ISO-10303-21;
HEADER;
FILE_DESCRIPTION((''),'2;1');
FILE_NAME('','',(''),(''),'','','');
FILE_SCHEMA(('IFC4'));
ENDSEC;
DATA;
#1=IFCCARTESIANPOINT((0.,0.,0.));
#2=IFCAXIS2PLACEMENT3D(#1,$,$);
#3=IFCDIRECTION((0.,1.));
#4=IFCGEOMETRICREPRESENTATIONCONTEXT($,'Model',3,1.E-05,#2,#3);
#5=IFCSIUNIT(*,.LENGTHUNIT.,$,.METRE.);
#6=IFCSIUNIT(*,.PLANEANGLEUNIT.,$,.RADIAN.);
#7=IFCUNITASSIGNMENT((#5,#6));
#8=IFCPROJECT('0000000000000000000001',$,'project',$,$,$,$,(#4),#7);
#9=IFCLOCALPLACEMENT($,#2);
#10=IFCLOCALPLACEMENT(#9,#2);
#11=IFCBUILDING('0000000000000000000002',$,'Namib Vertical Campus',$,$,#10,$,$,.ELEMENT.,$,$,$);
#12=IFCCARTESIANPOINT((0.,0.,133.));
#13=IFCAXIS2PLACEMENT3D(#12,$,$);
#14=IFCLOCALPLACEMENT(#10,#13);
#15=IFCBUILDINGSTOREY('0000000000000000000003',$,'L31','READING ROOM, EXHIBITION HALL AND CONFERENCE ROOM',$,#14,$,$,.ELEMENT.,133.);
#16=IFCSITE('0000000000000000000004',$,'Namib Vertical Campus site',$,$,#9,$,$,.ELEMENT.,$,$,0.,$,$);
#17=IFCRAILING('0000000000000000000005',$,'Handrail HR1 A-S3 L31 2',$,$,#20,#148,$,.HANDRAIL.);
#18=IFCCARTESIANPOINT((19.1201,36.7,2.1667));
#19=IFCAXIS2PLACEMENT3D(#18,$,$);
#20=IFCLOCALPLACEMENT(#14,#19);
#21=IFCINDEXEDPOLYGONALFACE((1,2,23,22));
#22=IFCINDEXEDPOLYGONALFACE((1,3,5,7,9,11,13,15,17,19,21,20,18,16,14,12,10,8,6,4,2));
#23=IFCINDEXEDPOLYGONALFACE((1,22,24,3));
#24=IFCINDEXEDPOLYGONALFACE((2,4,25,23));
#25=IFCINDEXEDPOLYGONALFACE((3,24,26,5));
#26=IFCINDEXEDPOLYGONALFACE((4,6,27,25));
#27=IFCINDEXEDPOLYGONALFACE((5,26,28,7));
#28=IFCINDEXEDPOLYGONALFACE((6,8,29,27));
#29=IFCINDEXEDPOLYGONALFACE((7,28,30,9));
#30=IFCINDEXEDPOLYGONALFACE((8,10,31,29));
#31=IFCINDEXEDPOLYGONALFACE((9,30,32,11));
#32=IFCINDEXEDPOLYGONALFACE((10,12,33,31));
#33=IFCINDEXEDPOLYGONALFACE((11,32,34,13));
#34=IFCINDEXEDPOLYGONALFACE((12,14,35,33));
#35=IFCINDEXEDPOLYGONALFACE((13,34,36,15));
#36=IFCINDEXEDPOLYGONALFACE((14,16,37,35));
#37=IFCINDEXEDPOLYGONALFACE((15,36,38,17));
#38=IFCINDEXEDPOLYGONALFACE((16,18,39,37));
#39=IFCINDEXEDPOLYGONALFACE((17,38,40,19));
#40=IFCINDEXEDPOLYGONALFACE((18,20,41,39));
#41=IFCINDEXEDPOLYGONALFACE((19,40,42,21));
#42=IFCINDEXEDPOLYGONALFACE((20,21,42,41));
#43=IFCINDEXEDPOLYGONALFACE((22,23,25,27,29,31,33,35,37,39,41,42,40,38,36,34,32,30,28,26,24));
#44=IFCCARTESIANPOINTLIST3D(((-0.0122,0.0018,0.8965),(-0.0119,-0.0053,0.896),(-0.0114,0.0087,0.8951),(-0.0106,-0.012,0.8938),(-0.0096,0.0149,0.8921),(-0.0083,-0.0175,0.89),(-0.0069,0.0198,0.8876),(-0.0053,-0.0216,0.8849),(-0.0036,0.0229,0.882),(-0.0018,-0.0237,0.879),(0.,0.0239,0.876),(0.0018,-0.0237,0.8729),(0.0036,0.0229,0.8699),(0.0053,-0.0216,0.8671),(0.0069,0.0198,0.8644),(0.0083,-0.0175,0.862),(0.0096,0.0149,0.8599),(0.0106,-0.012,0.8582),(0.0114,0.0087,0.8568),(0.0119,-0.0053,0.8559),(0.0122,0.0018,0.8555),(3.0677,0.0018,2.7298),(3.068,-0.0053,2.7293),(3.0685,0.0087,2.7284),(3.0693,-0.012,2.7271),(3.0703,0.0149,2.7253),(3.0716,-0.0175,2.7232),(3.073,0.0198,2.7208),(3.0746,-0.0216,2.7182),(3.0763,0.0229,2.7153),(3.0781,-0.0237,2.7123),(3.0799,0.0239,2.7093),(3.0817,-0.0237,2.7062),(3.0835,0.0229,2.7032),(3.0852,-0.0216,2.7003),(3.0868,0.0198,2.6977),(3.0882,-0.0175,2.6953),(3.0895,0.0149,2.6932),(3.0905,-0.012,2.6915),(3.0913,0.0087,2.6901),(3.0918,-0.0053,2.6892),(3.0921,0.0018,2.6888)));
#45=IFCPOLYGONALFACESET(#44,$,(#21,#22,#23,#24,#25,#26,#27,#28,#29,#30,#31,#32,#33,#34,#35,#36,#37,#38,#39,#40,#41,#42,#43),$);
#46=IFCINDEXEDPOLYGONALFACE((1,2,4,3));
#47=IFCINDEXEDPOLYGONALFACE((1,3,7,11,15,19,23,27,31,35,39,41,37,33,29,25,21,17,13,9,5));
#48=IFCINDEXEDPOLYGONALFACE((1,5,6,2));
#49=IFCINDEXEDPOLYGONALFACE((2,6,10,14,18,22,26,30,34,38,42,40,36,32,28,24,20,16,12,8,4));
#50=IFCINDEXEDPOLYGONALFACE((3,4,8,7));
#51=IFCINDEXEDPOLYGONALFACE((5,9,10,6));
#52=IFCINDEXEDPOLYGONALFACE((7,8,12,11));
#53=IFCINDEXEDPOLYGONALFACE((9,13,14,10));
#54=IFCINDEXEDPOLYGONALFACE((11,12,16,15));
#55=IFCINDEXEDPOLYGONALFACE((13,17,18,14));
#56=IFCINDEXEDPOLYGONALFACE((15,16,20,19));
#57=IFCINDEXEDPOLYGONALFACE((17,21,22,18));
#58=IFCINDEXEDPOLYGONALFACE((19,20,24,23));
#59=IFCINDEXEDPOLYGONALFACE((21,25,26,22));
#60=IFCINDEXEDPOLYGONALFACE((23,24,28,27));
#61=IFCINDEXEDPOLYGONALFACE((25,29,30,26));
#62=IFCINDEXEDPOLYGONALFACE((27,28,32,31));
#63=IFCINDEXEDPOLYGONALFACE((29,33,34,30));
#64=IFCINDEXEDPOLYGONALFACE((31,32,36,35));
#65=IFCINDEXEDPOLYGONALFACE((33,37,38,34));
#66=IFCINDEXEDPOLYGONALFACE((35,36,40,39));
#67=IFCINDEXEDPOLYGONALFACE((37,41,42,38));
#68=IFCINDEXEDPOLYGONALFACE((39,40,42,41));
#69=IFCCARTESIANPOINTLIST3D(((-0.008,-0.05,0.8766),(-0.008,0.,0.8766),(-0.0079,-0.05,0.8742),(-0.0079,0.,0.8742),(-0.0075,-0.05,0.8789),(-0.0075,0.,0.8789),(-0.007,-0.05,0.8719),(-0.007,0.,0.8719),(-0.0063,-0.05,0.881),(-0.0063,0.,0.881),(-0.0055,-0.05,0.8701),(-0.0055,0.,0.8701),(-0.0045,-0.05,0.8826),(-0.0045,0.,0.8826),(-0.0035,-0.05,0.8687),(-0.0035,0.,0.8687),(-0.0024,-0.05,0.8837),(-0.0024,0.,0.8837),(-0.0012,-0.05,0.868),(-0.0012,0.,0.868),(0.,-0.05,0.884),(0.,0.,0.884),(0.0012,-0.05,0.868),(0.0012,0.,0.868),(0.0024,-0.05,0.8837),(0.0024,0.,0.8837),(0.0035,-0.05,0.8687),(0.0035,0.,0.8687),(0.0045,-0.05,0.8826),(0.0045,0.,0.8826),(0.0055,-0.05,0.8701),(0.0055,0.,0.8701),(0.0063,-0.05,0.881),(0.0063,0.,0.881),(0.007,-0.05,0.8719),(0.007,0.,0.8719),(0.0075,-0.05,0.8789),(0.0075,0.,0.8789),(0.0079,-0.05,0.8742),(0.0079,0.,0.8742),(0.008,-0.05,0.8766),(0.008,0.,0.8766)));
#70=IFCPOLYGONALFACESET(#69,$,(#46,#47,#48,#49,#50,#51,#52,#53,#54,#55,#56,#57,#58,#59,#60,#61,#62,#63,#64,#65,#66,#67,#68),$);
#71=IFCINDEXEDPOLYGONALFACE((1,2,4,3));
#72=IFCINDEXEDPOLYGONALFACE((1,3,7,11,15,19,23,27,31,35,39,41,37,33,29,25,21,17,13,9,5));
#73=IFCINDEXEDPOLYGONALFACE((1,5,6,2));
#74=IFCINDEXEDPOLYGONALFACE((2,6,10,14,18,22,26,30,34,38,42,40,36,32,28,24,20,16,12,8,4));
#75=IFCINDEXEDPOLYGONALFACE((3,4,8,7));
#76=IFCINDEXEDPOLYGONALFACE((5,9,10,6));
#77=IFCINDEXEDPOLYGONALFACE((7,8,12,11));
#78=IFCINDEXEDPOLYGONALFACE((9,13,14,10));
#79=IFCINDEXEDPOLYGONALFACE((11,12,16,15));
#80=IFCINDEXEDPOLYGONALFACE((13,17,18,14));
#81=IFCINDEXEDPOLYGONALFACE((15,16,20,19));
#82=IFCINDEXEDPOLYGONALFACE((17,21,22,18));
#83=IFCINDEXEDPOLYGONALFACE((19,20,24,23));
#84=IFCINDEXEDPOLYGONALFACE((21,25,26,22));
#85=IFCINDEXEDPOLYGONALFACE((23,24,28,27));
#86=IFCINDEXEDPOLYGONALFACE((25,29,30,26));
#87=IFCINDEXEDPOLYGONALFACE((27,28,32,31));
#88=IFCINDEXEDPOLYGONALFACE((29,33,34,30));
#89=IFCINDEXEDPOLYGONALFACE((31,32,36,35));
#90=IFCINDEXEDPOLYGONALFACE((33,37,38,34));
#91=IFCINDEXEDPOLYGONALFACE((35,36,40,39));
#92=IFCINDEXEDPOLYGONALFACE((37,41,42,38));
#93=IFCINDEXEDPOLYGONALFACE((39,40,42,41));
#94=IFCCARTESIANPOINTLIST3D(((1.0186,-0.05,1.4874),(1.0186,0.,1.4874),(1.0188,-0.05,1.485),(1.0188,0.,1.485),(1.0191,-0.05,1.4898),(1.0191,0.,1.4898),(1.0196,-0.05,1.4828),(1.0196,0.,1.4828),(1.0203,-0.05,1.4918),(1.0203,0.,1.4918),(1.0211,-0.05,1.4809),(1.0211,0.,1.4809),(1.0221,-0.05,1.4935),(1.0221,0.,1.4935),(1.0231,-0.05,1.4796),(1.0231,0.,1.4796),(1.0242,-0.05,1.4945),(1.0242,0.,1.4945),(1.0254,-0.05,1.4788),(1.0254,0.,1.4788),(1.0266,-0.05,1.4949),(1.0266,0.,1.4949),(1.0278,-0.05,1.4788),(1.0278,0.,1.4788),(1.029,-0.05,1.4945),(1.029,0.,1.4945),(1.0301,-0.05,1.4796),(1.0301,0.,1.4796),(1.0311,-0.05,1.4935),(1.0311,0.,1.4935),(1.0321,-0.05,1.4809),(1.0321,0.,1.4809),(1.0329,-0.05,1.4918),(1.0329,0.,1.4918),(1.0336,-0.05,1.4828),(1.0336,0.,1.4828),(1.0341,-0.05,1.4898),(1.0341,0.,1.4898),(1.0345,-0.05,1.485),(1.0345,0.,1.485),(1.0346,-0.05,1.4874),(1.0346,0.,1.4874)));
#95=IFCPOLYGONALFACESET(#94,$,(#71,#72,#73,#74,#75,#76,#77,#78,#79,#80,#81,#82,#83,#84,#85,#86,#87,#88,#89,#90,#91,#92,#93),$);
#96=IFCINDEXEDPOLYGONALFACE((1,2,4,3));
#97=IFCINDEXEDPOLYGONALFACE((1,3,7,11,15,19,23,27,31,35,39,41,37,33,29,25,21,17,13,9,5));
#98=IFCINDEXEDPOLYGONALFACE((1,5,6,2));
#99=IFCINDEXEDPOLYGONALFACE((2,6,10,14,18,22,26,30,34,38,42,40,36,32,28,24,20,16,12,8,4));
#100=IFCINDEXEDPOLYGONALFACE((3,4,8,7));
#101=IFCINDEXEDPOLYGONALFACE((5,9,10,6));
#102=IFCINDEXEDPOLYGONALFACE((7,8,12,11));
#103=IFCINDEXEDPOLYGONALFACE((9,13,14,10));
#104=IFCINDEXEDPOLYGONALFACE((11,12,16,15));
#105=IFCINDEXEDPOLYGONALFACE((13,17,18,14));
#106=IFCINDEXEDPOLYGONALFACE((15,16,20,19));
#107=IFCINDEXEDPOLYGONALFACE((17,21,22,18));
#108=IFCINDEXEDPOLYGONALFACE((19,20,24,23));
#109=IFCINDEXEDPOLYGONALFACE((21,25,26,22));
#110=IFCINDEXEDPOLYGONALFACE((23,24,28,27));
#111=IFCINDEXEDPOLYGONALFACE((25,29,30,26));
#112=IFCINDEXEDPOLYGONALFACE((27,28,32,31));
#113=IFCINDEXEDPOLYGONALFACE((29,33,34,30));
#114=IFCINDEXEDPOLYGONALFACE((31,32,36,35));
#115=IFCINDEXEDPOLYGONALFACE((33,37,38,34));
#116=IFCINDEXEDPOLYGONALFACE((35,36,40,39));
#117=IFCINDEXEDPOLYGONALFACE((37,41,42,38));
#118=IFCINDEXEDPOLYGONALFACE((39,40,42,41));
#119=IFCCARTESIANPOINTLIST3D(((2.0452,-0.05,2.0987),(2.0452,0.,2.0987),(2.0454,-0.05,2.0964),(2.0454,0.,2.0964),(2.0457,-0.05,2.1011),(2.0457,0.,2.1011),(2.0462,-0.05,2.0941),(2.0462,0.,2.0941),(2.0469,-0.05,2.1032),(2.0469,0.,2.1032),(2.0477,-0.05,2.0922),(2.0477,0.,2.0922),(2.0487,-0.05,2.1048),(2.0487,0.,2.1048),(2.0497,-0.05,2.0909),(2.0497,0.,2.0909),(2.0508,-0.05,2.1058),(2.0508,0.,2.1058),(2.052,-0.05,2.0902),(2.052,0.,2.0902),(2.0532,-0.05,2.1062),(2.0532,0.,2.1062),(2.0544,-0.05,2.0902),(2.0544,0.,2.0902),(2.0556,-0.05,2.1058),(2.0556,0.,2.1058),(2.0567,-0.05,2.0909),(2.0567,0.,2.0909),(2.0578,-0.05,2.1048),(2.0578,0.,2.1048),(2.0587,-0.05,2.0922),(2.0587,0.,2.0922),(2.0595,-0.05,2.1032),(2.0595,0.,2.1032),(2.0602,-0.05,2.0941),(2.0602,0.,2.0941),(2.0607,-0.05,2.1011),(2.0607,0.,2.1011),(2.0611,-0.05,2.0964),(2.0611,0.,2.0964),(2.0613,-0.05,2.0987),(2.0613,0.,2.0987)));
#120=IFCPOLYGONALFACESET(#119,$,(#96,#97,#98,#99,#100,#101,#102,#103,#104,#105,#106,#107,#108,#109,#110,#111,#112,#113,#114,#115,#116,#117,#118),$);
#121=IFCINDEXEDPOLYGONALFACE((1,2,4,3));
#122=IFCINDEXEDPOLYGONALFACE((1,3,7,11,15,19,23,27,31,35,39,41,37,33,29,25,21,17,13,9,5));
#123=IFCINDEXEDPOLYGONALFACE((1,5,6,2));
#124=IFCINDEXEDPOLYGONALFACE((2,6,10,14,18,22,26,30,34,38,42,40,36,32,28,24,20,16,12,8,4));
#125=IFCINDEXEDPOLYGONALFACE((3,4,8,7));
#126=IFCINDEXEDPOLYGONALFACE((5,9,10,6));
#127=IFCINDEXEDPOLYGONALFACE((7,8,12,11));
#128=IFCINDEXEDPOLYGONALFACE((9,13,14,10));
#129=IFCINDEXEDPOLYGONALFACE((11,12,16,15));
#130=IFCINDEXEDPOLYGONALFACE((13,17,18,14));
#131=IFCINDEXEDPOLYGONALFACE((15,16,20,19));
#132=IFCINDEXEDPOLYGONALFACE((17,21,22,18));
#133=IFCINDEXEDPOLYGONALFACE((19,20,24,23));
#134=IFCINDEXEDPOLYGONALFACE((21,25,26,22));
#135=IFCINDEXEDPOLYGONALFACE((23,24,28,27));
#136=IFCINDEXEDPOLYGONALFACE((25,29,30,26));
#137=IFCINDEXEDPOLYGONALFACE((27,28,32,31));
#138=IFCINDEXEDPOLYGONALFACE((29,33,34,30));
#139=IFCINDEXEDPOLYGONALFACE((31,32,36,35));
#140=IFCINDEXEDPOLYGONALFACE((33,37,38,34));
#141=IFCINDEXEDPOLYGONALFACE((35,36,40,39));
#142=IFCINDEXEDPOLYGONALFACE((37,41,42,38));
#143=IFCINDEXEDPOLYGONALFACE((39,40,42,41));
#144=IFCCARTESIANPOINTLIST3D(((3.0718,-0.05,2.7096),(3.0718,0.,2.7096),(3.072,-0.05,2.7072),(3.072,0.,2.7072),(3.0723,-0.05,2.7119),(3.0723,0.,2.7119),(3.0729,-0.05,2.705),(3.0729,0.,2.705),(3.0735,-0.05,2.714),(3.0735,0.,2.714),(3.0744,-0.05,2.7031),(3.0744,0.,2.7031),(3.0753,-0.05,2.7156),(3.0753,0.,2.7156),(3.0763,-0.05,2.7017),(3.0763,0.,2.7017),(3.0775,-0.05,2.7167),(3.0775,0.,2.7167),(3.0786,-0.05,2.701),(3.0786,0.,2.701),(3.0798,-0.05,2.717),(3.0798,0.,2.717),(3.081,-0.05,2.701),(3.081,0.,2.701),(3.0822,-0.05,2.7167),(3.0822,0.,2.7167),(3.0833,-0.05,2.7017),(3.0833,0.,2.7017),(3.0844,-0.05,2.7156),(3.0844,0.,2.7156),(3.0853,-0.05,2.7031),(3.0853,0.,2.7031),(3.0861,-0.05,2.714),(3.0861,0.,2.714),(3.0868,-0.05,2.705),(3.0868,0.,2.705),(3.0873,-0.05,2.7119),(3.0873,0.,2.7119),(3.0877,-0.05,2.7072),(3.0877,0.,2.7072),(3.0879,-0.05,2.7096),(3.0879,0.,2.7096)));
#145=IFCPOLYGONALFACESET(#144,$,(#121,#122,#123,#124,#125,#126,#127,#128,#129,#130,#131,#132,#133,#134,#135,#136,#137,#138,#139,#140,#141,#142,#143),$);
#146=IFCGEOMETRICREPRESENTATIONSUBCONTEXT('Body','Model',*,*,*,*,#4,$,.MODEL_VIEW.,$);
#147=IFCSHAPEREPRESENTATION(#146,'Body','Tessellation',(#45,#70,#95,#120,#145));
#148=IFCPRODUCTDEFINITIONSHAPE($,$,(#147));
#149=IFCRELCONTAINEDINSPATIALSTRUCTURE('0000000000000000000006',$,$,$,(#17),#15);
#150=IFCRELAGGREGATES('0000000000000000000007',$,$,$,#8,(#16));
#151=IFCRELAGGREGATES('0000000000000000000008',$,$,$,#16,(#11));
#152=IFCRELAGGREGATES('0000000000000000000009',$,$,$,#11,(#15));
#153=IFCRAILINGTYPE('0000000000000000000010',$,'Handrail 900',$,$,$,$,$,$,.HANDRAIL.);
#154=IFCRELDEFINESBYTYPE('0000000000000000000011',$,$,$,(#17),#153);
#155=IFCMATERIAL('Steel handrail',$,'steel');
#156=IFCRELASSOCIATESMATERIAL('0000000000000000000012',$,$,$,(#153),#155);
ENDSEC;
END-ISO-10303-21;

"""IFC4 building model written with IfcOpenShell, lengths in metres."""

from ifc_helpers import new_model, si_unit, direction, frame, origin, origin_2d, place, context, subcontext, project, spatial, circle, extrude, material, type_object, element, save


model = new_model("IFC4")

# Units and contexts
model_context = context("Model", 3, precision=1e-05, world=origin(), true_north=direction((0.0, 1.0)))
body_context = subcontext(model_context, "Body", "Model", "MODEL_VIEW")
ifc_project = project(units=[si_unit("LENGTHUNIT", "METRE"), si_unit("PLANEANGLEUNIT", "RADIAN")], contexts=[model_context])

# Site, building, storey
site_placement = place(None, origin())
site = spatial("IfcSite", under=ifc_project, at=site_placement, Name="Namib Vertical Campus site", CompositionType="ELEMENT", RefElevation=0.0)
building_placement = place(site_placement, origin())
building = spatial("IfcBuilding", under=site, at=building_placement, Name="Namib Vertical Campus", CompositionType="ELEMENT")
storey_placement = place(building_placement, frame((0.0, 0.0, 133.0)))
storey = spatial("IfcBuildingStorey", under=building, at=storey_placement, Name="L31", Description="READING ROOM, EXHIBITION HALL AND CONFERENCE ROOM", CompositionType="ELEMENT", Elevation=133.0)

# Railing
ifc_material_1 = material(Name="Steel handrail", Category="steel")
railing_type_1 = type_object("IfcRailingType", Name="Handrail 900", PredefinedType="HANDRAIL", material=ifc_material_1)
railing_1_placement = place(storey_placement, frame((19.1201, 36.7, 2.1667)))
element("IfcRailing", 1, at=railing_1_placement, inside=storey, type_object=railing_type_1, Name="Handrail HR1 A-S3 L31 2", PredefinedType="HANDRAIL", context=body_context, shape_type="SweptSolid", body=[
    extrude(circle(Radius=0.0239, at=origin_2d()), frame((0.0, 0.0, 0.876), z_axis=(0.859291, 0.0, 0.511487), x_axis=(0.0, 1.0, 0.0)), (0.0, 0.0, 1.0), 3.5842),
    extrude(circle(Radius=0.0081, at=origin_2d()), frame((0.0, 0.0, 0.876), z_axis=(0.0, -1.0, 0.0), x_axis=(0.0, 0.0, 1.0)), (0.0, 0.0, 1.0), 0.05),
    extrude(circle(Radius=0.0081, at=origin_2d()), frame((1.0266, 0.0, 1.4868), z_axis=(0.0, -1.0, 0.0), x_axis=(0.0, 0.0, 1.0)), (0.0, 0.0, 1.0), 0.05),
    extrude(circle(Radius=0.0081, at=origin_2d()), frame((2.0532, 0.0, 2.0981), z_axis=(0.0, -1.0, 0.0), x_axis=(0.0, 0.0, 1.0)), (0.0, 0.0, 1.0), 0.05),
    extrude(circle(Radius=0.0081, at=origin_2d()), frame((3.0798, 0.0, 2.709), z_axis=(0.0, -1.0, 0.0), x_axis=(0.0, 0.0, 1.0)), (0.0, 0.0, 1.0), 0.05),
])

save(model, "model.ifc")
